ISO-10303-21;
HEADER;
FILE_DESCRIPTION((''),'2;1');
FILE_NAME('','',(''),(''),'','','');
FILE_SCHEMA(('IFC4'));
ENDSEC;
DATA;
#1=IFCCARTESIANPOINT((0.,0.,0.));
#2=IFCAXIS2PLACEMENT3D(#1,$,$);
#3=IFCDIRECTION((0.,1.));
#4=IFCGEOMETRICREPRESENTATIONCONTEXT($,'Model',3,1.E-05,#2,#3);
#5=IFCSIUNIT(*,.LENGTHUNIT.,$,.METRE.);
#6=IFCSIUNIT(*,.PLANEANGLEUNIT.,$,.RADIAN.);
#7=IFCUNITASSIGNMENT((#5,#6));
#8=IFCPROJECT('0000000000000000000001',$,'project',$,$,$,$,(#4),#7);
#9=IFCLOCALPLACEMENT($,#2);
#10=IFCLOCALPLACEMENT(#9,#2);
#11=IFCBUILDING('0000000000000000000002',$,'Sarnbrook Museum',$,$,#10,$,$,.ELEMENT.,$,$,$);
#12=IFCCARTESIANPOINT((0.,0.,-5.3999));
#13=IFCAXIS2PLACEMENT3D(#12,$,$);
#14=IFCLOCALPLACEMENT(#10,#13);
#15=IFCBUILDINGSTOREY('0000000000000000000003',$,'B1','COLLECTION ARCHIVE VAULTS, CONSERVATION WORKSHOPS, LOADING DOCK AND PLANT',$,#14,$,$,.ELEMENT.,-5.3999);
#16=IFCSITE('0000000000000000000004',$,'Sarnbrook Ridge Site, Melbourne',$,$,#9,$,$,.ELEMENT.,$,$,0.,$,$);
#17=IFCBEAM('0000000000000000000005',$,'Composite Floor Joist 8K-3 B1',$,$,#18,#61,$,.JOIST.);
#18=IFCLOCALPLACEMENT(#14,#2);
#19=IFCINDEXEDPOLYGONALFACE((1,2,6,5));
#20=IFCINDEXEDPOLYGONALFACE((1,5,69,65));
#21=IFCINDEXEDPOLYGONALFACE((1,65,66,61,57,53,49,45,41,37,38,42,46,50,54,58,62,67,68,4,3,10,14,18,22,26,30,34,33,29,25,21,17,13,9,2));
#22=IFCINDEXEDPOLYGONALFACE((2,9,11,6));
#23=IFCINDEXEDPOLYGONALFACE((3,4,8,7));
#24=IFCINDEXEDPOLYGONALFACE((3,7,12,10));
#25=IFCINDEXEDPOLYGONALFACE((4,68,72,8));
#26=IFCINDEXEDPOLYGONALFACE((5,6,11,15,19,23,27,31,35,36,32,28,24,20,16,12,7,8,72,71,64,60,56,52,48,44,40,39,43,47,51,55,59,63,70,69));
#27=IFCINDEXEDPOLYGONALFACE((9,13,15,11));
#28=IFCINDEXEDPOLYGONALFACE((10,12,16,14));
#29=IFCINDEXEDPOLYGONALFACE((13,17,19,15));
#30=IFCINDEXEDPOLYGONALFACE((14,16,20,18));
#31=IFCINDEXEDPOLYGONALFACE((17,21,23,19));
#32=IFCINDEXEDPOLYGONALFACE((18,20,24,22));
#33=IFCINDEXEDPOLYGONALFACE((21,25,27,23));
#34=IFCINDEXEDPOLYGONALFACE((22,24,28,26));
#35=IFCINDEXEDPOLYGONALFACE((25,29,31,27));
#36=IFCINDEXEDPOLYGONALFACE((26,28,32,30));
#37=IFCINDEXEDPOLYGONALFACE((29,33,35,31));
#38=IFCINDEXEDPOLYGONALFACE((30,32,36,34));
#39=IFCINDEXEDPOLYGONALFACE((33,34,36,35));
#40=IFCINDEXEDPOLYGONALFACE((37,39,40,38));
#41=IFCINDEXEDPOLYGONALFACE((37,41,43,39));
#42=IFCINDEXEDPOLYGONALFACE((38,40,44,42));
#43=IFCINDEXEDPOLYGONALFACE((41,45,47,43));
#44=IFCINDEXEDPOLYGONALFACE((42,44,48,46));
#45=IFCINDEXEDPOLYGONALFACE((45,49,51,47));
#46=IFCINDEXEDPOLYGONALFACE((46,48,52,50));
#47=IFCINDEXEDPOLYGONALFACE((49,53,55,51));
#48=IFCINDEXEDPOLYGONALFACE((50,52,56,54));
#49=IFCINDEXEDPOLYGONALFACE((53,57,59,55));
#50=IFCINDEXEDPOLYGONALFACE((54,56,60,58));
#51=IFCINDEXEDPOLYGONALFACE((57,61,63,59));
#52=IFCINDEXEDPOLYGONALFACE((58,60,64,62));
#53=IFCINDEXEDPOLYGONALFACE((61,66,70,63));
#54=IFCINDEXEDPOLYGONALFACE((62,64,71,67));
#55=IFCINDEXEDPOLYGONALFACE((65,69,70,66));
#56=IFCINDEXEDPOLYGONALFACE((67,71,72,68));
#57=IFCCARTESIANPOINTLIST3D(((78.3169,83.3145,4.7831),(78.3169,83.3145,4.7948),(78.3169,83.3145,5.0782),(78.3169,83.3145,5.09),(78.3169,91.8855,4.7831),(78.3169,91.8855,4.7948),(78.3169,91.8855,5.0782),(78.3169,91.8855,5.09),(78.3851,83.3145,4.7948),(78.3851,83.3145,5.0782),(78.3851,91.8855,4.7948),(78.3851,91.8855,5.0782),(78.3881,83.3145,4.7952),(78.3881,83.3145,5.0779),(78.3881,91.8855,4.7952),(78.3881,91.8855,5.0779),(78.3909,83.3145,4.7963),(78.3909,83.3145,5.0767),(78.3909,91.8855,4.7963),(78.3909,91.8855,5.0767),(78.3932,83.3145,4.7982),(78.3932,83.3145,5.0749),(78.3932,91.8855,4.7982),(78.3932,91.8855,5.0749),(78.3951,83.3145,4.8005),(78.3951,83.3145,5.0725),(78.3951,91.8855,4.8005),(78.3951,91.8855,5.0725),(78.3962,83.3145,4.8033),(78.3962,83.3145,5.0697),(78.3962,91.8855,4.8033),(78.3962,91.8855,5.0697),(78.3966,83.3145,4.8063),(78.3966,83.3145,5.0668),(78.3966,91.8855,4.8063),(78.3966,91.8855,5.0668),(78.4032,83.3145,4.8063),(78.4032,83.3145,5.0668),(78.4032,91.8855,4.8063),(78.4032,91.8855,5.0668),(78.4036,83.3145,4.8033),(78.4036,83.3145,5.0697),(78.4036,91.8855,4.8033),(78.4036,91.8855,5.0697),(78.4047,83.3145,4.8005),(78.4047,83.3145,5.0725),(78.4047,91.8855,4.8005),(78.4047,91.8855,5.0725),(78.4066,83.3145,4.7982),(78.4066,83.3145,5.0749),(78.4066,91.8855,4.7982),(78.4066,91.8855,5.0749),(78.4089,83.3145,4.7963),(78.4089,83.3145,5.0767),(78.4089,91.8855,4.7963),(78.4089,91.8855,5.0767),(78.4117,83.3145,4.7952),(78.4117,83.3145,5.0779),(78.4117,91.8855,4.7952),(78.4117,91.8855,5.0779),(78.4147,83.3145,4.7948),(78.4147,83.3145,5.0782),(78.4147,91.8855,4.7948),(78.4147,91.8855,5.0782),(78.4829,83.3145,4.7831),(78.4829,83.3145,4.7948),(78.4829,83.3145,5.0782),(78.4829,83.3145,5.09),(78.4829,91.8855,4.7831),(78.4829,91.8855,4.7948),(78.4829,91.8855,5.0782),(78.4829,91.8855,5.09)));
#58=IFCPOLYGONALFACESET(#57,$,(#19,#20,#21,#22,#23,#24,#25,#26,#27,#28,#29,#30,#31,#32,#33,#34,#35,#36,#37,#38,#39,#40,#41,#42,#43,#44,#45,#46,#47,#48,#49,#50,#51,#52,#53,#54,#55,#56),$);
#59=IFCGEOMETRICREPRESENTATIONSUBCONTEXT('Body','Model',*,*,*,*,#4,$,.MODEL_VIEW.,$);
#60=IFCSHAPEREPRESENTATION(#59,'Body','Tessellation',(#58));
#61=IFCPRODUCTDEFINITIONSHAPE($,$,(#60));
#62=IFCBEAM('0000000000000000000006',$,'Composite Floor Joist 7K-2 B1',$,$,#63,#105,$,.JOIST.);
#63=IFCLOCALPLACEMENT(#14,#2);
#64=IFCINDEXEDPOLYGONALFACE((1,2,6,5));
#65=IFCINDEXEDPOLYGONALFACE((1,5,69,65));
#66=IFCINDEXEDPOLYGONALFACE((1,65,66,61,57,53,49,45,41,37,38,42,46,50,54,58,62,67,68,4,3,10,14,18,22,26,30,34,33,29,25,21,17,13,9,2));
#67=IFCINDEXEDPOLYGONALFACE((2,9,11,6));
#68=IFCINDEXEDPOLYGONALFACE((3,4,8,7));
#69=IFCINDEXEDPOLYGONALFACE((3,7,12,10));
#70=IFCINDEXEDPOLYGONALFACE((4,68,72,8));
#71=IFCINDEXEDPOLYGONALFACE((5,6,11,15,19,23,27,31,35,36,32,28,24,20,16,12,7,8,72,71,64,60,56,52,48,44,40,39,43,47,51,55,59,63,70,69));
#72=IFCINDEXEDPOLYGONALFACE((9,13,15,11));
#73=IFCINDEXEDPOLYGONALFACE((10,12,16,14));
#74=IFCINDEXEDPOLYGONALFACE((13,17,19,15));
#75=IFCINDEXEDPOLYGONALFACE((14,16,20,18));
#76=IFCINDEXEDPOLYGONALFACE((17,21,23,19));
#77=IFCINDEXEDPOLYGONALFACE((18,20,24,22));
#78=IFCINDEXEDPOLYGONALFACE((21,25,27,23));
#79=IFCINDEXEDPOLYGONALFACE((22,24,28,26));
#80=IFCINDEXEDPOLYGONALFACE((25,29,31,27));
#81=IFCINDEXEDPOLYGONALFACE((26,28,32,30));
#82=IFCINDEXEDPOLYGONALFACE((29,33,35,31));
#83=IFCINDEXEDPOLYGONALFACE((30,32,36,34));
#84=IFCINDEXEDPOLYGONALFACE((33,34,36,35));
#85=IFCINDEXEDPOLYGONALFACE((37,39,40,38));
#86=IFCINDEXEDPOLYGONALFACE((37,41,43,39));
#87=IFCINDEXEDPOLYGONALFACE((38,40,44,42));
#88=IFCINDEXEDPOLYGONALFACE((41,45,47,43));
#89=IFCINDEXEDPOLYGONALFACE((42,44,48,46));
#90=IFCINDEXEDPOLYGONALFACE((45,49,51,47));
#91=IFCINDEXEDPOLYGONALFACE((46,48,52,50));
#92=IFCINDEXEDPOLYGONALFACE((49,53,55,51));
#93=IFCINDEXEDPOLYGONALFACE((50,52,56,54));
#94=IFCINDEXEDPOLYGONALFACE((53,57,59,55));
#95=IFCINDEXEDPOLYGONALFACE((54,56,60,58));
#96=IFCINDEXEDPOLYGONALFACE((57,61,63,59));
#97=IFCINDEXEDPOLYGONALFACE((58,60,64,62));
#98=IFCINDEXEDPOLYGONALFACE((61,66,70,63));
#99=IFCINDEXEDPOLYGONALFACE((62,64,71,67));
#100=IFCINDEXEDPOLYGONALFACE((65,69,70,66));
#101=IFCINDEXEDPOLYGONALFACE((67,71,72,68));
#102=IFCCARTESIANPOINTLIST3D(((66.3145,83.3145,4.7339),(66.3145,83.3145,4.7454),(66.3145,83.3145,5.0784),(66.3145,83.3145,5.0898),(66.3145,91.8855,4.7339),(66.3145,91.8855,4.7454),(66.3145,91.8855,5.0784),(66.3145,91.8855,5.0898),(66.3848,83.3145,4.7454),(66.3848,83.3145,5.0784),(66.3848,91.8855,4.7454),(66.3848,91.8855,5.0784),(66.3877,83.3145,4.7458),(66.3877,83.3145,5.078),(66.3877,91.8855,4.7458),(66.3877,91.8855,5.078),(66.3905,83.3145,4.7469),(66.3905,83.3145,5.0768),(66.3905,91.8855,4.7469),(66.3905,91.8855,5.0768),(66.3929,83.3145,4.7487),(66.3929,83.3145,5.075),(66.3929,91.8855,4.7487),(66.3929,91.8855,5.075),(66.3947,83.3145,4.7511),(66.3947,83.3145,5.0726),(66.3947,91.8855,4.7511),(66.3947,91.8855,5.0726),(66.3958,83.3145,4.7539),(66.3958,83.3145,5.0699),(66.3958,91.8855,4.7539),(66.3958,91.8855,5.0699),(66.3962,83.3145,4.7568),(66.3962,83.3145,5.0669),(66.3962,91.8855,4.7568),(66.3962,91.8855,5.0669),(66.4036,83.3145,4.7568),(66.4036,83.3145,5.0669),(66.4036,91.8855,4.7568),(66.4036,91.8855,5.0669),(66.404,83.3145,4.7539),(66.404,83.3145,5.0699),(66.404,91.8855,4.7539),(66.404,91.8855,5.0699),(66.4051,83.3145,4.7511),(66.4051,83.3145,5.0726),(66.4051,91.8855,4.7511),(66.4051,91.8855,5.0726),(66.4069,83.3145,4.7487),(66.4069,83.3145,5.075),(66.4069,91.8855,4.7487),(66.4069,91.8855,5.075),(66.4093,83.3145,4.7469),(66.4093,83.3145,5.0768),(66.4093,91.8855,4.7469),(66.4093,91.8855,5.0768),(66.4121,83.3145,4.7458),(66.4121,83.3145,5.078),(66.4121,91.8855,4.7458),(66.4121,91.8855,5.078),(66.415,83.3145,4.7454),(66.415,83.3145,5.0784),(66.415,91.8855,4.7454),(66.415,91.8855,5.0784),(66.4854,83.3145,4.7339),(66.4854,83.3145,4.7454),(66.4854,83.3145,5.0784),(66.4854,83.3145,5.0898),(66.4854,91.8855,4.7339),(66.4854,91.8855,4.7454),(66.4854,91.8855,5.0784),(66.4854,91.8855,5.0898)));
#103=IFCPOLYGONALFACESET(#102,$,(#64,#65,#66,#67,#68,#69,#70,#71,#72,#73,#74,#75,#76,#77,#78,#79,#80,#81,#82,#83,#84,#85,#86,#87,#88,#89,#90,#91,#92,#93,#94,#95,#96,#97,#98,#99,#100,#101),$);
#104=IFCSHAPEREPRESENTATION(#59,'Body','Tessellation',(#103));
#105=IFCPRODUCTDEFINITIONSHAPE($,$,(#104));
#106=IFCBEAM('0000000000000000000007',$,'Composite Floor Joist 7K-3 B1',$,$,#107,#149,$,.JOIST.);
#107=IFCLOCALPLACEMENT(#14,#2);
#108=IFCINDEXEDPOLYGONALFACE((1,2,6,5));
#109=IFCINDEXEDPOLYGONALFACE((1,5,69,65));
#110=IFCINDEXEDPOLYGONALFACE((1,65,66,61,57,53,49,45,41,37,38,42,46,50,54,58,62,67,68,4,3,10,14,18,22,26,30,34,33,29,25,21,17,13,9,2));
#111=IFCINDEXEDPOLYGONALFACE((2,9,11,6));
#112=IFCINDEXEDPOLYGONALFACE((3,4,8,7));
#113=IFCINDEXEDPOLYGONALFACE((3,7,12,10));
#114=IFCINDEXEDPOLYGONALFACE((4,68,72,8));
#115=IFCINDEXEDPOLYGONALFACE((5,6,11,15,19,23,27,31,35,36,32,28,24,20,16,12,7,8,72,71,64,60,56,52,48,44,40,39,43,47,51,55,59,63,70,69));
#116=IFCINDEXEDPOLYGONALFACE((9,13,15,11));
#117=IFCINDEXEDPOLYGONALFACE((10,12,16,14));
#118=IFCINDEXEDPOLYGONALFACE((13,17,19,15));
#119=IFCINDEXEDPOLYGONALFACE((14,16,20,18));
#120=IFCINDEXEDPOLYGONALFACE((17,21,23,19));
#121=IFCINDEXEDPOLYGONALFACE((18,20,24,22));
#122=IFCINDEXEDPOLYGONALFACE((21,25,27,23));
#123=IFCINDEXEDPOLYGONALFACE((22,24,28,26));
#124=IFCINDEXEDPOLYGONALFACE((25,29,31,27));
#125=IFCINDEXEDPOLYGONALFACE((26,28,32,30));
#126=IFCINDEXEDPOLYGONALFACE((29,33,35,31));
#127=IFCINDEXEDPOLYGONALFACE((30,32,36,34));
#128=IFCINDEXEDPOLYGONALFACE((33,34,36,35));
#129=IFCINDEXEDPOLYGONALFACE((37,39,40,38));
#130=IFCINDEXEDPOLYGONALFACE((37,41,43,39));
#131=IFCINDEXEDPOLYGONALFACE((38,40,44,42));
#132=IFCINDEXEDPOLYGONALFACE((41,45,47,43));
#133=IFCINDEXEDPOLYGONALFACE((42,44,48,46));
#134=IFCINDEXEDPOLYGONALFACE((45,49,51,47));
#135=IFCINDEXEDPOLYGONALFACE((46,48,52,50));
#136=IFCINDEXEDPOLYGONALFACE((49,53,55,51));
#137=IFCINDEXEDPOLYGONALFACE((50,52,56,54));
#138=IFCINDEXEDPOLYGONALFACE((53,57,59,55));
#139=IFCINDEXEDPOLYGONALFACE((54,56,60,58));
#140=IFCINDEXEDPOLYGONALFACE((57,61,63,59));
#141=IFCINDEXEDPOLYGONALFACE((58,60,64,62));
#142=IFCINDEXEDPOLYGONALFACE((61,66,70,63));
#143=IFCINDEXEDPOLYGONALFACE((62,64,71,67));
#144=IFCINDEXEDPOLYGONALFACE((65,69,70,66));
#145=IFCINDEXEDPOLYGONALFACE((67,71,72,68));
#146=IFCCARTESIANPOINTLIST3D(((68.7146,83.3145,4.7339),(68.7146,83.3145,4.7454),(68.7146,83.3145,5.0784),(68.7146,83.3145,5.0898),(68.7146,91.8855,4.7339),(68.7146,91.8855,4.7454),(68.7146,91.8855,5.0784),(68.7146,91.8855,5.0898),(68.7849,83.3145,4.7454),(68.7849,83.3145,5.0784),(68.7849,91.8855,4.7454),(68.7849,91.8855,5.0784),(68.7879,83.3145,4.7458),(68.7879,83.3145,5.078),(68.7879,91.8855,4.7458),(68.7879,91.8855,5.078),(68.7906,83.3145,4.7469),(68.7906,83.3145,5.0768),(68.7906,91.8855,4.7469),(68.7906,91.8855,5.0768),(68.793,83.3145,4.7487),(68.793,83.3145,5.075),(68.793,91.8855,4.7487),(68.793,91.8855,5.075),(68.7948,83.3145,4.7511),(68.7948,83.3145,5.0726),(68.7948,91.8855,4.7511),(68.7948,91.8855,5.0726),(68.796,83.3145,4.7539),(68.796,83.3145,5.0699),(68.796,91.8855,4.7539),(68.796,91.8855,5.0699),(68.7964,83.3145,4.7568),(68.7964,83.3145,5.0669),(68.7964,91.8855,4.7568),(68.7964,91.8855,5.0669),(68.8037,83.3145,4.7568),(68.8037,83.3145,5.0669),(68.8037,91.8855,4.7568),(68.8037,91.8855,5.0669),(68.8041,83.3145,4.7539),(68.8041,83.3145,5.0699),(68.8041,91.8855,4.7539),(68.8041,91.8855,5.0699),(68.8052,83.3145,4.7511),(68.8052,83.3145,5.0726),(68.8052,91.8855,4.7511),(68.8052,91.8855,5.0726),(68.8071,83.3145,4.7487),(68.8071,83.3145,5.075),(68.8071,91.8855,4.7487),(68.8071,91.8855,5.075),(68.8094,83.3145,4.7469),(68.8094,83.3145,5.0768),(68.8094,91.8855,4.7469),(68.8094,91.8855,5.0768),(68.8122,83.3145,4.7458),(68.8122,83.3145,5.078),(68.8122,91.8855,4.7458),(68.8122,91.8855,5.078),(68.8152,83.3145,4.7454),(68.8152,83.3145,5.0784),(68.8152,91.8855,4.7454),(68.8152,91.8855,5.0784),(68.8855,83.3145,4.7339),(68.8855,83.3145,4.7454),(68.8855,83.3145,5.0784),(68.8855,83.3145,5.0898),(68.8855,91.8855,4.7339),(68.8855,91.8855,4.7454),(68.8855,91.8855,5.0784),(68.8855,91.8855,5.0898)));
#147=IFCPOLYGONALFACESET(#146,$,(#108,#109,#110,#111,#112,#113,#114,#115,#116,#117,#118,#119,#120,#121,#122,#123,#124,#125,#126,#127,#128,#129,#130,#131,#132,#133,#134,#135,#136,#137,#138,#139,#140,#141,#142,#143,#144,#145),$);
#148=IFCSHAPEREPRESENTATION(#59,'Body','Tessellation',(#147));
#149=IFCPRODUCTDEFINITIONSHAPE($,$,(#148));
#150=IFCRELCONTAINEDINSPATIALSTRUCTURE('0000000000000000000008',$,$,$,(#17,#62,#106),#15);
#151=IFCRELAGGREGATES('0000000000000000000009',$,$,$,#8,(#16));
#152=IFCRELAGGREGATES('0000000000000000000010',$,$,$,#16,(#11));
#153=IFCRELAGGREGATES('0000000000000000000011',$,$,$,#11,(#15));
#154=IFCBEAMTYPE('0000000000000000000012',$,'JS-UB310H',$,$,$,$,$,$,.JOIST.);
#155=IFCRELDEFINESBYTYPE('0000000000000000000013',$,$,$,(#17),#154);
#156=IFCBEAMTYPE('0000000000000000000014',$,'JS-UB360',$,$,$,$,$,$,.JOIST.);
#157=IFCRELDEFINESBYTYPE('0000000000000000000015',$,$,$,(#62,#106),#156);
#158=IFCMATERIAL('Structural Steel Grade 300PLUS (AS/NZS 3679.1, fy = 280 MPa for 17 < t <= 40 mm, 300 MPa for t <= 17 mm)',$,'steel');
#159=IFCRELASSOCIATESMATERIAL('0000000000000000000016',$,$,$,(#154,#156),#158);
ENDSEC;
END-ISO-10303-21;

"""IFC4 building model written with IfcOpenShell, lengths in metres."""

from ifc_helpers import new_model, si_unit, direction, frame, origin, origin_2d, place, context, subcontext, project, spatial, i_section, extrude, material, material_profile, profile_set, type_object, element, save


model = new_model("IFC4")

# Units and contexts
model_context = context("Model", 3, precision=1e-05, world=origin(), true_north=direction((0.0, 1.0)))
body_context = subcontext(model_context, "Body", "Model", "MODEL_VIEW")
ifc_project = project(units=[si_unit("LENGTHUNIT", "METRE"), si_unit("PLANEANGLEUNIT", "RADIAN")], contexts=[model_context])

# Site, building, storey
site_placement = place(None, origin())
site = spatial("IfcSite", under=ifc_project, at=site_placement, Name="Sarnbrook Ridge Site, Melbourne", CompositionType="ELEMENT", RefElevation=0.0)
building_placement = place(site_placement, origin())
building = spatial("IfcBuilding", under=site, at=building_placement, Name="Sarnbrook Museum", CompositionType="ELEMENT")
storey_placement = place(building_placement, frame((0.0, 0.0, -5.3999)))
storey = spatial("IfcBuildingStorey", under=building, at=storey_placement, Name="B1", Description="COLLECTION ARCHIVE VAULTS, CONSERVATION WORKSHOPS, LOADING DOCK AND PLANT", CompositionType="ELEMENT", Elevation=-5.3999)

# Beams
ifc_material_1 = material(Name="Structural Steel Grade 300PLUS (AS/NZS 3679.1, fy = 280 MPa for 17 < t <= 40 mm, 300 MPa for t <= 17 mm)", Category="steel")
ifc_material_profile_1 = material_profile(ifc_material_1, i_section(OverallWidth=0.166, OverallDepth=0.3069, WebThickness=0.0066, FlangeThickness=0.0117, FilletRadius=0.0115, at=origin_2d()), Name="310UB46.2")
ifc_profile_set_1 = profile_set([ifc_material_profile_1], Name="Structural Steel Grade 300PLUS (AS/NZS 3679.1, fy = 280 MPa for 17 < t <= 40 mm, 300 MPa for t <= 17 mm)")
beam_type_1 = type_object("IfcBeamType", Name="JS-UB310H", PredefinedType="JOIST", material=ifc_profile_set_1)
for number, where, z_axis, x_axis, name in (
    (1, (78.3999, 83.3145, 4.9365), (0.0, 1.0, 0.0), (-1.0, 0.0, 0.0), "Composite Floor Joist 8K-3 B1"),
):
    element("IfcBeam", number, at=place(storey_placement, frame(where, z_axis=z_axis, x_axis=x_axis)), inside=storey, type_object=beam_type_1, Name=name, PredefinedType="JOIST", context=body_context, shape_type="SweptSolid", body=[
        extrude(i_section(OverallWidth=0.166, OverallDepth=0.3069, WebThickness=0.0066, FlangeThickness=0.0117, FilletRadius=0.0115, at=origin_2d()), origin(), (0.0, 0.0, 1.0), 8.571),
    ])
ifc_material_profile_2 = material_profile(ifc_material_1, i_section(OverallWidth=0.1709, OverallDepth=0.356, WebThickness=0.0073, FlangeThickness=0.0115, FilletRadius=0.0115, at=origin_2d()), Name="360UB50.7")
ifc_profile_set_2 = profile_set([ifc_material_profile_2], Name="Structural Steel Grade 300PLUS (AS/NZS 3679.1, fy = 280 MPa for 17 < t <= 40 mm, 300 MPa for t <= 17 mm)")
beam_type_2 = type_object("IfcBeamType", Name="JS-UB360", PredefinedType="JOIST", material=ifc_profile_set_2)
for number, where, z_axis, x_axis, name in (
    (2, (66.3999, 83.3145, 4.9119), (0.0, 1.0, 0.0), (-1.0, 0.0, 0.0), "Composite Floor Joist 7K-2 B1"),
    (3, (68.8, 83.3145, 4.9119), (0.0, 1.0, 0.0), (-1.0, 0.0, 0.0), "Composite Floor Joist 7K-3 B1"),
):
    element("IfcBeam", number, at=place(storey_placement, frame(where, z_axis=z_axis, x_axis=x_axis)), inside=storey, type_object=beam_type_2, Name=name, PredefinedType="JOIST", context=body_context, shape_type="SweptSolid", body=[
        extrude(i_section(OverallWidth=0.1709, OverallDepth=0.356, WebThickness=0.0073, FlangeThickness=0.0115, FilletRadius=0.0115, at=origin_2d()), origin(), (0.0, 0.0, 1.0), 8.571),
    ])

save(model, "model.ifc")
